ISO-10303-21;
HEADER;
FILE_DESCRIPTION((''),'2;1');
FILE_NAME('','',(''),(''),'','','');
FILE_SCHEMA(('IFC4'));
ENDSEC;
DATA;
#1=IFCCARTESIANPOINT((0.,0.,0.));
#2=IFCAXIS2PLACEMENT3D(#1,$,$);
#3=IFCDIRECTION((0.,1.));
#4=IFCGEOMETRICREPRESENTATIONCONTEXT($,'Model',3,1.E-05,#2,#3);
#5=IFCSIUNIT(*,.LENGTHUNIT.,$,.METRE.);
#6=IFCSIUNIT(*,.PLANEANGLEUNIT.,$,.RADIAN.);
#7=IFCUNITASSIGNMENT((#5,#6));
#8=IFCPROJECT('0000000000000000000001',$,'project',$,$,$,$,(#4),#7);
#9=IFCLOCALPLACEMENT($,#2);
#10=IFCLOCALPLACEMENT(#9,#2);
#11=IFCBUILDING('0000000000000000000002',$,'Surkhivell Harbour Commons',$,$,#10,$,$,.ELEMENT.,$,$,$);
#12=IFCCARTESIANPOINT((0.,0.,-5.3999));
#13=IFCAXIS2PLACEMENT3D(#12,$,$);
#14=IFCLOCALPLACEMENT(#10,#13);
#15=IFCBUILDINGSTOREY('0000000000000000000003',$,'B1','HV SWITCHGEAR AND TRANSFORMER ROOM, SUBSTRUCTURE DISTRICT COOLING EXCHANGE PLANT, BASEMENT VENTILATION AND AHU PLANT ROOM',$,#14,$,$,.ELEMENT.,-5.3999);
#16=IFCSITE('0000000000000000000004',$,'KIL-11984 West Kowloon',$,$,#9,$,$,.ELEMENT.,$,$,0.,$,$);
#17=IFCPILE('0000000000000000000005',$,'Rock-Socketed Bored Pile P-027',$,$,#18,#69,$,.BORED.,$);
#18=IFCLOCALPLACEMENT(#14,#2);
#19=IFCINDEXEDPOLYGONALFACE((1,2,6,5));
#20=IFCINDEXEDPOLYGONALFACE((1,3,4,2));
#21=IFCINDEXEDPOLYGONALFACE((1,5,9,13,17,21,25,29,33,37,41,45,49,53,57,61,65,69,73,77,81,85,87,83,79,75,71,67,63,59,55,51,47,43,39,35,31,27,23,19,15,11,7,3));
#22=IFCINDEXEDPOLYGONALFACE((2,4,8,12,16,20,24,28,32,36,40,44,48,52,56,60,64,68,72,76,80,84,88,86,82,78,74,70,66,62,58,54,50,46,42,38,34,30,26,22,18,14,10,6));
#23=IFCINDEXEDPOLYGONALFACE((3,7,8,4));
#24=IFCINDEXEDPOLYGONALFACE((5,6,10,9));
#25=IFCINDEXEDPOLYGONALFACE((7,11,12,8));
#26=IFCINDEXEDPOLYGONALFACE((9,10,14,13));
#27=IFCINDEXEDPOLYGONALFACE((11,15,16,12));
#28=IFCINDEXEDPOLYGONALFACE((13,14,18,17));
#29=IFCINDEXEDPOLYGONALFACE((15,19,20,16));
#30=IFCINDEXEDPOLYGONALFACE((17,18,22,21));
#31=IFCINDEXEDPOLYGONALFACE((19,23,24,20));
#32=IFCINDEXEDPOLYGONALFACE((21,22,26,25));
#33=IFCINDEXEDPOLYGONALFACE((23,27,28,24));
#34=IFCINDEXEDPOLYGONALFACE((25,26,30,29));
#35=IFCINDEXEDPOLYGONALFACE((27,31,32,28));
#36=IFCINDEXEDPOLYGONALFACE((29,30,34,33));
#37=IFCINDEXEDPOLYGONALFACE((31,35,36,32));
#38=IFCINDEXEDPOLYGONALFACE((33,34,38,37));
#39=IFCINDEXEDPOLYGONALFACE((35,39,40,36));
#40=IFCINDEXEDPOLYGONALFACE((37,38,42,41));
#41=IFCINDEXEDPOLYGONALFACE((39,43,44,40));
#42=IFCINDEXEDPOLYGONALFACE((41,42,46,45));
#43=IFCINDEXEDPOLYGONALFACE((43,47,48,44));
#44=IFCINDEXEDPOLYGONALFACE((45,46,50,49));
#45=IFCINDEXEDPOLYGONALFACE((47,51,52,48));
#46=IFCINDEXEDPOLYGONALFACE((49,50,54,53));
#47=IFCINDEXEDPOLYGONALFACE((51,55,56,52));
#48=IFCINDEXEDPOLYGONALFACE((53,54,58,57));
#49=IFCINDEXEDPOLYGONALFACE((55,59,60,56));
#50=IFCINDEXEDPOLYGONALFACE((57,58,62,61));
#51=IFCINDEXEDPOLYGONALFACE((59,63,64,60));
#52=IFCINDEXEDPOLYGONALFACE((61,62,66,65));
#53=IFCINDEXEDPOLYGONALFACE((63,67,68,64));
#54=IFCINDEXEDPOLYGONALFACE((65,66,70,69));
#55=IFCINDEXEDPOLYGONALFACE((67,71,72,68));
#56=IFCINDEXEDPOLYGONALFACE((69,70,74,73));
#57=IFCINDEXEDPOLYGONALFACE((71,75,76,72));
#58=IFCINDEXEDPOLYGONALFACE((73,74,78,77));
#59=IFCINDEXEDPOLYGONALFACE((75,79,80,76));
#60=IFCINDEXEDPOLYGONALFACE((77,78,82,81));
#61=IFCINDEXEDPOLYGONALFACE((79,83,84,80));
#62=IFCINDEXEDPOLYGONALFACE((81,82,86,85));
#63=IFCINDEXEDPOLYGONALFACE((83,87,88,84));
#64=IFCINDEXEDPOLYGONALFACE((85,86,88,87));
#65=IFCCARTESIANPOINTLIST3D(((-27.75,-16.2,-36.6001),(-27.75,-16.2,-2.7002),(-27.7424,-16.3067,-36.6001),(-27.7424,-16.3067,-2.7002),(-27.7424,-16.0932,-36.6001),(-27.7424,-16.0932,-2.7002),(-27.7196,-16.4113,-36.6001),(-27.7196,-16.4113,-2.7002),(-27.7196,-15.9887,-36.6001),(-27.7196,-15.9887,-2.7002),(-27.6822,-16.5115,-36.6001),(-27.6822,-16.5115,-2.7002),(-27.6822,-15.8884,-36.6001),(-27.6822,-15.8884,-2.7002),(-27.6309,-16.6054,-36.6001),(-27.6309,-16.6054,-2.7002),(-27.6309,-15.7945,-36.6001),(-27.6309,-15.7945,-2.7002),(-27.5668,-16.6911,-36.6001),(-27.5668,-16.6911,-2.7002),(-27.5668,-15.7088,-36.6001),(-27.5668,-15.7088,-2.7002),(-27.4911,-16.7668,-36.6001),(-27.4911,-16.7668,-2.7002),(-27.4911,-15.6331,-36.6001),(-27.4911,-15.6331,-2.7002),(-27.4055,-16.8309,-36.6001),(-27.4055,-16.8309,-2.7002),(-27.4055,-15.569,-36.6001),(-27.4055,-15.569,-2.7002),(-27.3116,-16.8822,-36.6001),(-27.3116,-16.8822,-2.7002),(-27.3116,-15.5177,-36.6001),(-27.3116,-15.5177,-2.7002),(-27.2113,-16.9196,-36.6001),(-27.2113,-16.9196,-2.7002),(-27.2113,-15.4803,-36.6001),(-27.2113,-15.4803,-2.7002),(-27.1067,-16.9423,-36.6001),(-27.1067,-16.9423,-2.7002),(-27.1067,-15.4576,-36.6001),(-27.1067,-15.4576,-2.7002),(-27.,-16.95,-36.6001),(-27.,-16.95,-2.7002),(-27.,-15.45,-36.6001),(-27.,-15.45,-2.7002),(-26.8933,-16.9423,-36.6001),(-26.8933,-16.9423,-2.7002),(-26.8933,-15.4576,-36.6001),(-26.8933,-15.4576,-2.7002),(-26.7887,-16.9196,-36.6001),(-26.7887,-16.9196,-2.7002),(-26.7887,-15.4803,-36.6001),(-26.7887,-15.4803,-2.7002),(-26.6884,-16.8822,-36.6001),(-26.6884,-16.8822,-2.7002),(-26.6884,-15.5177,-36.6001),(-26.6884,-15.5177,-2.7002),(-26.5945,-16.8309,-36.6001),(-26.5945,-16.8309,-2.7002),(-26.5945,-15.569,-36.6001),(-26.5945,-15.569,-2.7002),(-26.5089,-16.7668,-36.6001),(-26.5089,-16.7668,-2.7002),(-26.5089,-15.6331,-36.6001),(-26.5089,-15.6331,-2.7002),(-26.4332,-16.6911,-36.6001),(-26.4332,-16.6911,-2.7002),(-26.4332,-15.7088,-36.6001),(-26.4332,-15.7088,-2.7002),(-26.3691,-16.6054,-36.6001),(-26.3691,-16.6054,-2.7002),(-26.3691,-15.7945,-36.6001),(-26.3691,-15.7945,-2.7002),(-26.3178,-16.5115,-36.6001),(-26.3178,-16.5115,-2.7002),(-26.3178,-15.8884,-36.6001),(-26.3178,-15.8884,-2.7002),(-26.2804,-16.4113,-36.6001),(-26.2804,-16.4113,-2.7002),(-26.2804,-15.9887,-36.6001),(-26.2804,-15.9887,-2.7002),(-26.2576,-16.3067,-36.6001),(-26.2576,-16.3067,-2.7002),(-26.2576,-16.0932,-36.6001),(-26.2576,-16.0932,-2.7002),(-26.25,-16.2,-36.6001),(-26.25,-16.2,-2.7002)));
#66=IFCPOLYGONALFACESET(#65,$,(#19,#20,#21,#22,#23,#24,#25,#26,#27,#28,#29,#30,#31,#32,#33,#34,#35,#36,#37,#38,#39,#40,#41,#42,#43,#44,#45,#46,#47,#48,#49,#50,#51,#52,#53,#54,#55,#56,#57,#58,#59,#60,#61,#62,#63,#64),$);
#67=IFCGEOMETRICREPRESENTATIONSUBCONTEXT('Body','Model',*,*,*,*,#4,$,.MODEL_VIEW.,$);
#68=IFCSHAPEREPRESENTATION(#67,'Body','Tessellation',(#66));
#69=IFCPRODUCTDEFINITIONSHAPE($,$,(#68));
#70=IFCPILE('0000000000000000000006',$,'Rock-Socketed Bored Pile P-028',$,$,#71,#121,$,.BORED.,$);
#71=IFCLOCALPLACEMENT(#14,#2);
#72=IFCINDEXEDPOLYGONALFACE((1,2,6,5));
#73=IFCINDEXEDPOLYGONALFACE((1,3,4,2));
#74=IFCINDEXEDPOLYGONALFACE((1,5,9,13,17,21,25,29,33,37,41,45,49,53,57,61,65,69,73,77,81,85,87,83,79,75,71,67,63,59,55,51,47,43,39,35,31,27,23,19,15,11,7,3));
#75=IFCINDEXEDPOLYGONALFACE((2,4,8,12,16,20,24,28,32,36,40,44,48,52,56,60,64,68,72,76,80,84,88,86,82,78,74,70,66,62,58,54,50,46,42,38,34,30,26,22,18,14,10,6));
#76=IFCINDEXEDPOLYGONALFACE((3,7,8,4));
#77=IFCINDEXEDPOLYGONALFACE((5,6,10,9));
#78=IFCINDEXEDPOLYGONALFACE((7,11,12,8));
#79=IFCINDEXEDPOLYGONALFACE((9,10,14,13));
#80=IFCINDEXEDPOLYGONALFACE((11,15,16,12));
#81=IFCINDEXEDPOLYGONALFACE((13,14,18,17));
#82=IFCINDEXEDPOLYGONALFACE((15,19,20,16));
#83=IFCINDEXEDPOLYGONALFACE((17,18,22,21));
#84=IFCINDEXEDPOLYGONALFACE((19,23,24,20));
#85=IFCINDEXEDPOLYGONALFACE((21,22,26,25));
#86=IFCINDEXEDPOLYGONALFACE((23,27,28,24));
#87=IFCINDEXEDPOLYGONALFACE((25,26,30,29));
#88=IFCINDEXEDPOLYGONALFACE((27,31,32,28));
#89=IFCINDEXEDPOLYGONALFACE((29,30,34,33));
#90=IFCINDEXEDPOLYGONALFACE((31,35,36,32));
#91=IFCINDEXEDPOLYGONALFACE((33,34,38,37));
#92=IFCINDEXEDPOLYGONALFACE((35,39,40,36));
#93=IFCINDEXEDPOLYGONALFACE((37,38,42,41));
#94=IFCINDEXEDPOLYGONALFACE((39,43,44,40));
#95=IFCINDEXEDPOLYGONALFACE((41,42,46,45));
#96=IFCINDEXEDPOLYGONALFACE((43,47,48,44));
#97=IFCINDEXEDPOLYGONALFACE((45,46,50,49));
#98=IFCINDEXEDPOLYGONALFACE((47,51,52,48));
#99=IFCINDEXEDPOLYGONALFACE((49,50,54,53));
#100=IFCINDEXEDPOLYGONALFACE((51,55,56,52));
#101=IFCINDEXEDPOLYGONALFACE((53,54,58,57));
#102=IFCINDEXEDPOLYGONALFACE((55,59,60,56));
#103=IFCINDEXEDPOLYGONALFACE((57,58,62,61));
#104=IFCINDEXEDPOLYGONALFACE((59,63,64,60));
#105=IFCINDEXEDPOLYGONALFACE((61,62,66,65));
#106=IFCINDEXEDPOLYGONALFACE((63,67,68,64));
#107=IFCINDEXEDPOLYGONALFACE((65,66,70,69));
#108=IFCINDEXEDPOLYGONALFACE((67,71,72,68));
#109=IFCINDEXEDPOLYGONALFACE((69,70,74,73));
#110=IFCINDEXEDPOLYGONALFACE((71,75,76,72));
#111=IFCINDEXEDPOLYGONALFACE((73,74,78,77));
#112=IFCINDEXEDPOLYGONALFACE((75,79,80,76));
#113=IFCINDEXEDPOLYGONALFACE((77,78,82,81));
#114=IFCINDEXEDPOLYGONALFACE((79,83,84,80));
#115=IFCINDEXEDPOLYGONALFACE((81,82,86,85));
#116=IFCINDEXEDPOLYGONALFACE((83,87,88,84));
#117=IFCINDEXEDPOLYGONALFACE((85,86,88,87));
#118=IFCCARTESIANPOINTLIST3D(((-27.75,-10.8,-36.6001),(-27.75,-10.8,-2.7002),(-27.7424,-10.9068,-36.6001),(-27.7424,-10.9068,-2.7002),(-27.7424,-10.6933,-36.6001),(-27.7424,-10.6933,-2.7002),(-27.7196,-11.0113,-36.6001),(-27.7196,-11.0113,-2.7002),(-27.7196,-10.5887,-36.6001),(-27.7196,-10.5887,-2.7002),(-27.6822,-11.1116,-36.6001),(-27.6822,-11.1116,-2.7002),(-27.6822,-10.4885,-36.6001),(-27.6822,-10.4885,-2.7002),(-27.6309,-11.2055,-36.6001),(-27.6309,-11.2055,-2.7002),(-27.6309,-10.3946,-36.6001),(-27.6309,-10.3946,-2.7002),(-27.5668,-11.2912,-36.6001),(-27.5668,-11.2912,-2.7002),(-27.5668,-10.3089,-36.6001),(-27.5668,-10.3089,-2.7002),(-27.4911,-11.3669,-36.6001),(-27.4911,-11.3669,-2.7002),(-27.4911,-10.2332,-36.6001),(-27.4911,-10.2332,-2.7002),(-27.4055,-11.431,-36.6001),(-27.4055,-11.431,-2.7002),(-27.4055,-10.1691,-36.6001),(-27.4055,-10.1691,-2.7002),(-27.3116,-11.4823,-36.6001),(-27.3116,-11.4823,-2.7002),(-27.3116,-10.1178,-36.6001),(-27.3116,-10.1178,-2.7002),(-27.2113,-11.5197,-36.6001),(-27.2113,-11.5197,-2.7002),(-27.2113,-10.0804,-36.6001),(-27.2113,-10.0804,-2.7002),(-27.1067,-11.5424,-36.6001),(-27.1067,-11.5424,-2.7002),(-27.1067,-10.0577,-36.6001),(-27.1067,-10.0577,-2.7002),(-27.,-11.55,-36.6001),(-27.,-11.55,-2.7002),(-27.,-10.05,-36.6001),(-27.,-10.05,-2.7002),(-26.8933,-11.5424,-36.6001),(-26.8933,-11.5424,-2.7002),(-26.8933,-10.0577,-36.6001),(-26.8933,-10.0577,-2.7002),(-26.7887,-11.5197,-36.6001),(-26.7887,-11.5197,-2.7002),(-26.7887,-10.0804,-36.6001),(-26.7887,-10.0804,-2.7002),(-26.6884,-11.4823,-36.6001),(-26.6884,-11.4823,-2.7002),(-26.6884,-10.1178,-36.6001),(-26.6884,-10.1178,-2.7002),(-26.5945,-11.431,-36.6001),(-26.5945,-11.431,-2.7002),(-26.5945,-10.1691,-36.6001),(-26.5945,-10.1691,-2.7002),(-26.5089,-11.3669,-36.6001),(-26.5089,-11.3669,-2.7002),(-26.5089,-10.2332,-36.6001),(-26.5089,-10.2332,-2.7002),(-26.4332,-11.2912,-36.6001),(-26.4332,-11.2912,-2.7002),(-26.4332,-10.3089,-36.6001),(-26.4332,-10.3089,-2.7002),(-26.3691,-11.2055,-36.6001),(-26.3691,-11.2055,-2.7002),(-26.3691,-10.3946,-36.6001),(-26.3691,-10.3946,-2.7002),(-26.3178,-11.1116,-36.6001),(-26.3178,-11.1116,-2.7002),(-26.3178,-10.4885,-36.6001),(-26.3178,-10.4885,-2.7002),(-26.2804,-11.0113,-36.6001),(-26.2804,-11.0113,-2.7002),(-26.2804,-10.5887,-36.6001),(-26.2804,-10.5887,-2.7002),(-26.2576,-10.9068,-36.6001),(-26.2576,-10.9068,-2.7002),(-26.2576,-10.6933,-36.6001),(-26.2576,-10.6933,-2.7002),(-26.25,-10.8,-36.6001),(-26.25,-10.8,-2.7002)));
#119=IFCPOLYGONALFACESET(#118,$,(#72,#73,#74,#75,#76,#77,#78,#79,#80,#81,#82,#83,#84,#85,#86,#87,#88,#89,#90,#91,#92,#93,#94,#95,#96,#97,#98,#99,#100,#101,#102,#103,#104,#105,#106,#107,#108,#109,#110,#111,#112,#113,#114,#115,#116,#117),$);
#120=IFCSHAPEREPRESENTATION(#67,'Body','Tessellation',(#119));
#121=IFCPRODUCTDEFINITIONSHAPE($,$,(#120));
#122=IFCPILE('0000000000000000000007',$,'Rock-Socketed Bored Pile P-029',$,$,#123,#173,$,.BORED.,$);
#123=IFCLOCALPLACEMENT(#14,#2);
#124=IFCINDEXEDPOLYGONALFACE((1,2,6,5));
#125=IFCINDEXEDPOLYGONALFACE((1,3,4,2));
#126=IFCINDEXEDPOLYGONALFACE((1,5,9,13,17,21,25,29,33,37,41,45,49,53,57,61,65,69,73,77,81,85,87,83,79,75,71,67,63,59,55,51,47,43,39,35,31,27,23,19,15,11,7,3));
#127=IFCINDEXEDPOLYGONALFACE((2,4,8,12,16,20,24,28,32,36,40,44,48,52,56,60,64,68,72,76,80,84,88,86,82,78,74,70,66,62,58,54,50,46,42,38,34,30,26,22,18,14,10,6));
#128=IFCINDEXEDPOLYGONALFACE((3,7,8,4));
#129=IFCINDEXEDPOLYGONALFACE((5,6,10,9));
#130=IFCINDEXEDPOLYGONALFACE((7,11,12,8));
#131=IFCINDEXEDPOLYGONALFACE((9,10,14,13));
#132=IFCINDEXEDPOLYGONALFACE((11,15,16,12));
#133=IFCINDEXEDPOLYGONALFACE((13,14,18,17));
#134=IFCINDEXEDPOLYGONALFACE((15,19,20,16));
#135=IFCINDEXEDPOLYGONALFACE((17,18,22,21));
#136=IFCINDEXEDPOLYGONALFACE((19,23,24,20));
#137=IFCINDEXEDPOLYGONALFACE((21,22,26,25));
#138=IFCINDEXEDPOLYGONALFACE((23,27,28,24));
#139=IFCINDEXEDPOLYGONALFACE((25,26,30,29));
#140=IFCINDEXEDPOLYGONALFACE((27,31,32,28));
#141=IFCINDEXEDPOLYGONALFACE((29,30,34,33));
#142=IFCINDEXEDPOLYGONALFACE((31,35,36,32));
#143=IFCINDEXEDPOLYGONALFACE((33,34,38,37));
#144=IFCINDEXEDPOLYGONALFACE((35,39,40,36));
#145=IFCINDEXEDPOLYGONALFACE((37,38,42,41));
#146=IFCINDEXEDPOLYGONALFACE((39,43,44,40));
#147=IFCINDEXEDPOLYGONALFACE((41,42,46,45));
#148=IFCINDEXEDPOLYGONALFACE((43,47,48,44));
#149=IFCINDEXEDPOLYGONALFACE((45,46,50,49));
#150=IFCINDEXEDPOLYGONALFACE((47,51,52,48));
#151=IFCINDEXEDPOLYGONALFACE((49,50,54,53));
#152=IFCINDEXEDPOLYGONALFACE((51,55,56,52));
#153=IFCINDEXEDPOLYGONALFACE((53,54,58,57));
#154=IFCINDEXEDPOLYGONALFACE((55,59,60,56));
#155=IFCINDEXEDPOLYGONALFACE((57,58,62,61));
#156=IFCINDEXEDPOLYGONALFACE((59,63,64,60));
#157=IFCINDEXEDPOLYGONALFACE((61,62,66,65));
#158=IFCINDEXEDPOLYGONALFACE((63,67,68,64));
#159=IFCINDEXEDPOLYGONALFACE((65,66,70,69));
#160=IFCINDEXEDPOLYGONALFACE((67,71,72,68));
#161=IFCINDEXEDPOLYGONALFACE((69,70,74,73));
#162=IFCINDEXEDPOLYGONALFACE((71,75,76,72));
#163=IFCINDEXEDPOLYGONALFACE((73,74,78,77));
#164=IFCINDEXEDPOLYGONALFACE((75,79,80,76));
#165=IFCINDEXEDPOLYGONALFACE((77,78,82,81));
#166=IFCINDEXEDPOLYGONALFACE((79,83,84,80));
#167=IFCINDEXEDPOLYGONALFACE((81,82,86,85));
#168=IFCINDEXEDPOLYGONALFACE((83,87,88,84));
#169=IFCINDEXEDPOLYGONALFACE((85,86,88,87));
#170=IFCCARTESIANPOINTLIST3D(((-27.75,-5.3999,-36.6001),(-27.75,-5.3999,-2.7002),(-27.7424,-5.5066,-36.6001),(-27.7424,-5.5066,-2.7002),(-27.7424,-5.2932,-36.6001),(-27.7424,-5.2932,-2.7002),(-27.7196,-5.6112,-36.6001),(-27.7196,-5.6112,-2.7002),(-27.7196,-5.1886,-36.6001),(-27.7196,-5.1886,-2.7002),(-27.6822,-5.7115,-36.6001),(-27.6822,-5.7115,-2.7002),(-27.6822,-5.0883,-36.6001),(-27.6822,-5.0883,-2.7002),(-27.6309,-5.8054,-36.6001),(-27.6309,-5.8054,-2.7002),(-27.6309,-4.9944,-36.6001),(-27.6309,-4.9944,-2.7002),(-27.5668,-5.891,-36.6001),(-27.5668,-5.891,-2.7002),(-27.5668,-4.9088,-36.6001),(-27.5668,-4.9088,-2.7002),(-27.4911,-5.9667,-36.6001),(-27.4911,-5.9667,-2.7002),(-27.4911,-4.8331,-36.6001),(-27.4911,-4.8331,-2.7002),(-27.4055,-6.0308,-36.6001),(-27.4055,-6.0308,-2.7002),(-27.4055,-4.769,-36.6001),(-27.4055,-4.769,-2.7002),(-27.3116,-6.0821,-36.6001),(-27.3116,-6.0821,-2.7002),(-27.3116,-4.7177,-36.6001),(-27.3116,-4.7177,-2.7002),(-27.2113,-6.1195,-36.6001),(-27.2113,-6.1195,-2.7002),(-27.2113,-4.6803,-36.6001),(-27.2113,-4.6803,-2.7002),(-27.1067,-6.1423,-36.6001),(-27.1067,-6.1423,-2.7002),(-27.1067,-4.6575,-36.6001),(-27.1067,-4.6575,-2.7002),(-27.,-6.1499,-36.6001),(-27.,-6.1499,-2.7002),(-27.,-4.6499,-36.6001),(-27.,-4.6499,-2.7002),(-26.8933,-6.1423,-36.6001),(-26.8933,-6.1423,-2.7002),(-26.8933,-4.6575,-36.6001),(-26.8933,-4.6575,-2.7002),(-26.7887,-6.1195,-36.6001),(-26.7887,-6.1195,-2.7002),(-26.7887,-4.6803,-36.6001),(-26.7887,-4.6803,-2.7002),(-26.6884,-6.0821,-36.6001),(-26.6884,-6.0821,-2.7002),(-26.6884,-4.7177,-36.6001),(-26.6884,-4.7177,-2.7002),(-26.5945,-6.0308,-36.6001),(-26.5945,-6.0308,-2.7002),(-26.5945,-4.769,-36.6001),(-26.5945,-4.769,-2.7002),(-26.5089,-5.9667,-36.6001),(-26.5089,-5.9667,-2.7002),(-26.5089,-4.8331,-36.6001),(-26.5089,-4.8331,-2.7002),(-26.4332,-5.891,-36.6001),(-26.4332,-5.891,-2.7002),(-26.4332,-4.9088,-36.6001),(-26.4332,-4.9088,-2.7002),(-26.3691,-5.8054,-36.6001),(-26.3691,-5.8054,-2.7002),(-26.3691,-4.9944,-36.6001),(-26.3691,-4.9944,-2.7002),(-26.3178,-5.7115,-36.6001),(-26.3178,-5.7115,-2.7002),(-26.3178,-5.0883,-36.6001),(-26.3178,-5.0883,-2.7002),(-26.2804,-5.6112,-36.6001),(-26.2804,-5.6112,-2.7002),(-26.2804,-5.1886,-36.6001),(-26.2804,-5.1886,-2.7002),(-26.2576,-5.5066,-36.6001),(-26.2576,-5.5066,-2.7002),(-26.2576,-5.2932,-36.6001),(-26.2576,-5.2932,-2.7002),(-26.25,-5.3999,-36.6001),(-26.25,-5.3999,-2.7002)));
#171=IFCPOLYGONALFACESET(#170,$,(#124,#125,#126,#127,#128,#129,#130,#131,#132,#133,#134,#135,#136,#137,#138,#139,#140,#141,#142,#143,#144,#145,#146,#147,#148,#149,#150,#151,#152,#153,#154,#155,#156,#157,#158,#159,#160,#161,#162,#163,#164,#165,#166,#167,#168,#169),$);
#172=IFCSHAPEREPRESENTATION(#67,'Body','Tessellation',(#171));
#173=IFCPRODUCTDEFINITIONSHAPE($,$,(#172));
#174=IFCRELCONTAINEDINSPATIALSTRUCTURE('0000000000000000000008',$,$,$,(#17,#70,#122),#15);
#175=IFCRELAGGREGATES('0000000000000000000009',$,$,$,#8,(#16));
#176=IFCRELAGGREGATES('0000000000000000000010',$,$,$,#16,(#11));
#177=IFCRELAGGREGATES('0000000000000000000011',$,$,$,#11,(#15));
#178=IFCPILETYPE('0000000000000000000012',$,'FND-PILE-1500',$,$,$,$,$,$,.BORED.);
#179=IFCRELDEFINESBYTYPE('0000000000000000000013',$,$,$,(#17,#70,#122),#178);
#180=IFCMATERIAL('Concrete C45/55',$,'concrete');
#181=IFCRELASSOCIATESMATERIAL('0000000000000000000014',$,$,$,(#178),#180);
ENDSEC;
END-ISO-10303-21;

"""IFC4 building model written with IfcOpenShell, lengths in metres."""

from ifc_helpers import new_model, si_unit, direction, frame, origin, origin_2d, place, context, subcontext, project, spatial, circle, extrude, material, material_profile, profile_set, type_object, element, save


model = new_model("IFC4")

# Units and contexts
model_context = context("Model", 3, precision=1e-05, world=origin(), true_north=direction((0.0, 1.0)))
body_context = subcontext(model_context, "Body", "Model", "MODEL_VIEW")
ifc_project = project(units=[si_unit("LENGTHUNIT", "METRE"), si_unit("PLANEANGLEUNIT", "RADIAN")], contexts=[model_context])

# Site, building, storey
site_placement = place(None, origin())
site = spatial("IfcSite", under=ifc_project, at=site_placement, Name="KIL-11984 West Kowloon", CompositionType="ELEMENT", RefElevation=0.0)
building_placement = place(site_placement, origin())
building = spatial("IfcBuilding", under=site, at=building_placement, Name="Surkhivell Harbour Commons", CompositionType="ELEMENT")
storey_placement = place(building_placement, frame((0.0, 0.0, -5.3999)))
storey = spatial("IfcBuildingStorey", under=building, at=storey_placement, Name="B1", Description="HV SWITCHGEAR AND TRANSFORMER ROOM, SUBSTRUCTURE DISTRICT COOLING EXCHANGE PLANT, BASEMENT VENTILATION AND AHU PLANT ROOM", CompositionType="ELEMENT", Elevation=-5.3999)

# Piles
ifc_material_1 = material(Name="Concrete C45/55", Category="concrete")
ifc_material_profile_1 = material_profile(ifc_material_1, circle(Radius=0.75, at=origin_2d()), Name="PILE-1500")
ifc_profile_set_1 = profile_set([ifc_material_profile_1], Name="Concrete C45/55")
pile_type_1 = type_object("IfcPileType", Name="FND-PILE-1500", PredefinedType="BORED", material=ifc_profile_set_1)
for number, where, z_axis, x_axis, name in (
    (1, (-27.0, -16.2, -2.7002), (0.0, 0.0, -1.0), (1.0, 0.0, 0.0), "Rock-Socketed Bored Pile P-027"),
    (2, (-27.0, -10.8, -2.7002), (0.0, 0.0, -1.0), (1.0, 0.0, 0.0), "Rock-Socketed Bored Pile P-028"),
    (3, (-27.0, -5.3999, -2.7002), (0.0, 0.0, -1.0), (1.0, 0.0, 0.0), "Rock-Socketed Bored Pile P-029"),
):
    element("IfcPile", number, at=place(storey_placement, frame(where, z_axis=z_axis, x_axis=x_axis)), inside=storey, type_object=pile_type_1, Name=name, PredefinedType="BORED", context=body_context, shape_type="SweptSolid", body=[
        extrude(circle(Radius=0.75, at=origin_2d()), origin(), (0.0, 0.0, 1.0), 33.8999),
    ])

save(model, "model.ifc")
